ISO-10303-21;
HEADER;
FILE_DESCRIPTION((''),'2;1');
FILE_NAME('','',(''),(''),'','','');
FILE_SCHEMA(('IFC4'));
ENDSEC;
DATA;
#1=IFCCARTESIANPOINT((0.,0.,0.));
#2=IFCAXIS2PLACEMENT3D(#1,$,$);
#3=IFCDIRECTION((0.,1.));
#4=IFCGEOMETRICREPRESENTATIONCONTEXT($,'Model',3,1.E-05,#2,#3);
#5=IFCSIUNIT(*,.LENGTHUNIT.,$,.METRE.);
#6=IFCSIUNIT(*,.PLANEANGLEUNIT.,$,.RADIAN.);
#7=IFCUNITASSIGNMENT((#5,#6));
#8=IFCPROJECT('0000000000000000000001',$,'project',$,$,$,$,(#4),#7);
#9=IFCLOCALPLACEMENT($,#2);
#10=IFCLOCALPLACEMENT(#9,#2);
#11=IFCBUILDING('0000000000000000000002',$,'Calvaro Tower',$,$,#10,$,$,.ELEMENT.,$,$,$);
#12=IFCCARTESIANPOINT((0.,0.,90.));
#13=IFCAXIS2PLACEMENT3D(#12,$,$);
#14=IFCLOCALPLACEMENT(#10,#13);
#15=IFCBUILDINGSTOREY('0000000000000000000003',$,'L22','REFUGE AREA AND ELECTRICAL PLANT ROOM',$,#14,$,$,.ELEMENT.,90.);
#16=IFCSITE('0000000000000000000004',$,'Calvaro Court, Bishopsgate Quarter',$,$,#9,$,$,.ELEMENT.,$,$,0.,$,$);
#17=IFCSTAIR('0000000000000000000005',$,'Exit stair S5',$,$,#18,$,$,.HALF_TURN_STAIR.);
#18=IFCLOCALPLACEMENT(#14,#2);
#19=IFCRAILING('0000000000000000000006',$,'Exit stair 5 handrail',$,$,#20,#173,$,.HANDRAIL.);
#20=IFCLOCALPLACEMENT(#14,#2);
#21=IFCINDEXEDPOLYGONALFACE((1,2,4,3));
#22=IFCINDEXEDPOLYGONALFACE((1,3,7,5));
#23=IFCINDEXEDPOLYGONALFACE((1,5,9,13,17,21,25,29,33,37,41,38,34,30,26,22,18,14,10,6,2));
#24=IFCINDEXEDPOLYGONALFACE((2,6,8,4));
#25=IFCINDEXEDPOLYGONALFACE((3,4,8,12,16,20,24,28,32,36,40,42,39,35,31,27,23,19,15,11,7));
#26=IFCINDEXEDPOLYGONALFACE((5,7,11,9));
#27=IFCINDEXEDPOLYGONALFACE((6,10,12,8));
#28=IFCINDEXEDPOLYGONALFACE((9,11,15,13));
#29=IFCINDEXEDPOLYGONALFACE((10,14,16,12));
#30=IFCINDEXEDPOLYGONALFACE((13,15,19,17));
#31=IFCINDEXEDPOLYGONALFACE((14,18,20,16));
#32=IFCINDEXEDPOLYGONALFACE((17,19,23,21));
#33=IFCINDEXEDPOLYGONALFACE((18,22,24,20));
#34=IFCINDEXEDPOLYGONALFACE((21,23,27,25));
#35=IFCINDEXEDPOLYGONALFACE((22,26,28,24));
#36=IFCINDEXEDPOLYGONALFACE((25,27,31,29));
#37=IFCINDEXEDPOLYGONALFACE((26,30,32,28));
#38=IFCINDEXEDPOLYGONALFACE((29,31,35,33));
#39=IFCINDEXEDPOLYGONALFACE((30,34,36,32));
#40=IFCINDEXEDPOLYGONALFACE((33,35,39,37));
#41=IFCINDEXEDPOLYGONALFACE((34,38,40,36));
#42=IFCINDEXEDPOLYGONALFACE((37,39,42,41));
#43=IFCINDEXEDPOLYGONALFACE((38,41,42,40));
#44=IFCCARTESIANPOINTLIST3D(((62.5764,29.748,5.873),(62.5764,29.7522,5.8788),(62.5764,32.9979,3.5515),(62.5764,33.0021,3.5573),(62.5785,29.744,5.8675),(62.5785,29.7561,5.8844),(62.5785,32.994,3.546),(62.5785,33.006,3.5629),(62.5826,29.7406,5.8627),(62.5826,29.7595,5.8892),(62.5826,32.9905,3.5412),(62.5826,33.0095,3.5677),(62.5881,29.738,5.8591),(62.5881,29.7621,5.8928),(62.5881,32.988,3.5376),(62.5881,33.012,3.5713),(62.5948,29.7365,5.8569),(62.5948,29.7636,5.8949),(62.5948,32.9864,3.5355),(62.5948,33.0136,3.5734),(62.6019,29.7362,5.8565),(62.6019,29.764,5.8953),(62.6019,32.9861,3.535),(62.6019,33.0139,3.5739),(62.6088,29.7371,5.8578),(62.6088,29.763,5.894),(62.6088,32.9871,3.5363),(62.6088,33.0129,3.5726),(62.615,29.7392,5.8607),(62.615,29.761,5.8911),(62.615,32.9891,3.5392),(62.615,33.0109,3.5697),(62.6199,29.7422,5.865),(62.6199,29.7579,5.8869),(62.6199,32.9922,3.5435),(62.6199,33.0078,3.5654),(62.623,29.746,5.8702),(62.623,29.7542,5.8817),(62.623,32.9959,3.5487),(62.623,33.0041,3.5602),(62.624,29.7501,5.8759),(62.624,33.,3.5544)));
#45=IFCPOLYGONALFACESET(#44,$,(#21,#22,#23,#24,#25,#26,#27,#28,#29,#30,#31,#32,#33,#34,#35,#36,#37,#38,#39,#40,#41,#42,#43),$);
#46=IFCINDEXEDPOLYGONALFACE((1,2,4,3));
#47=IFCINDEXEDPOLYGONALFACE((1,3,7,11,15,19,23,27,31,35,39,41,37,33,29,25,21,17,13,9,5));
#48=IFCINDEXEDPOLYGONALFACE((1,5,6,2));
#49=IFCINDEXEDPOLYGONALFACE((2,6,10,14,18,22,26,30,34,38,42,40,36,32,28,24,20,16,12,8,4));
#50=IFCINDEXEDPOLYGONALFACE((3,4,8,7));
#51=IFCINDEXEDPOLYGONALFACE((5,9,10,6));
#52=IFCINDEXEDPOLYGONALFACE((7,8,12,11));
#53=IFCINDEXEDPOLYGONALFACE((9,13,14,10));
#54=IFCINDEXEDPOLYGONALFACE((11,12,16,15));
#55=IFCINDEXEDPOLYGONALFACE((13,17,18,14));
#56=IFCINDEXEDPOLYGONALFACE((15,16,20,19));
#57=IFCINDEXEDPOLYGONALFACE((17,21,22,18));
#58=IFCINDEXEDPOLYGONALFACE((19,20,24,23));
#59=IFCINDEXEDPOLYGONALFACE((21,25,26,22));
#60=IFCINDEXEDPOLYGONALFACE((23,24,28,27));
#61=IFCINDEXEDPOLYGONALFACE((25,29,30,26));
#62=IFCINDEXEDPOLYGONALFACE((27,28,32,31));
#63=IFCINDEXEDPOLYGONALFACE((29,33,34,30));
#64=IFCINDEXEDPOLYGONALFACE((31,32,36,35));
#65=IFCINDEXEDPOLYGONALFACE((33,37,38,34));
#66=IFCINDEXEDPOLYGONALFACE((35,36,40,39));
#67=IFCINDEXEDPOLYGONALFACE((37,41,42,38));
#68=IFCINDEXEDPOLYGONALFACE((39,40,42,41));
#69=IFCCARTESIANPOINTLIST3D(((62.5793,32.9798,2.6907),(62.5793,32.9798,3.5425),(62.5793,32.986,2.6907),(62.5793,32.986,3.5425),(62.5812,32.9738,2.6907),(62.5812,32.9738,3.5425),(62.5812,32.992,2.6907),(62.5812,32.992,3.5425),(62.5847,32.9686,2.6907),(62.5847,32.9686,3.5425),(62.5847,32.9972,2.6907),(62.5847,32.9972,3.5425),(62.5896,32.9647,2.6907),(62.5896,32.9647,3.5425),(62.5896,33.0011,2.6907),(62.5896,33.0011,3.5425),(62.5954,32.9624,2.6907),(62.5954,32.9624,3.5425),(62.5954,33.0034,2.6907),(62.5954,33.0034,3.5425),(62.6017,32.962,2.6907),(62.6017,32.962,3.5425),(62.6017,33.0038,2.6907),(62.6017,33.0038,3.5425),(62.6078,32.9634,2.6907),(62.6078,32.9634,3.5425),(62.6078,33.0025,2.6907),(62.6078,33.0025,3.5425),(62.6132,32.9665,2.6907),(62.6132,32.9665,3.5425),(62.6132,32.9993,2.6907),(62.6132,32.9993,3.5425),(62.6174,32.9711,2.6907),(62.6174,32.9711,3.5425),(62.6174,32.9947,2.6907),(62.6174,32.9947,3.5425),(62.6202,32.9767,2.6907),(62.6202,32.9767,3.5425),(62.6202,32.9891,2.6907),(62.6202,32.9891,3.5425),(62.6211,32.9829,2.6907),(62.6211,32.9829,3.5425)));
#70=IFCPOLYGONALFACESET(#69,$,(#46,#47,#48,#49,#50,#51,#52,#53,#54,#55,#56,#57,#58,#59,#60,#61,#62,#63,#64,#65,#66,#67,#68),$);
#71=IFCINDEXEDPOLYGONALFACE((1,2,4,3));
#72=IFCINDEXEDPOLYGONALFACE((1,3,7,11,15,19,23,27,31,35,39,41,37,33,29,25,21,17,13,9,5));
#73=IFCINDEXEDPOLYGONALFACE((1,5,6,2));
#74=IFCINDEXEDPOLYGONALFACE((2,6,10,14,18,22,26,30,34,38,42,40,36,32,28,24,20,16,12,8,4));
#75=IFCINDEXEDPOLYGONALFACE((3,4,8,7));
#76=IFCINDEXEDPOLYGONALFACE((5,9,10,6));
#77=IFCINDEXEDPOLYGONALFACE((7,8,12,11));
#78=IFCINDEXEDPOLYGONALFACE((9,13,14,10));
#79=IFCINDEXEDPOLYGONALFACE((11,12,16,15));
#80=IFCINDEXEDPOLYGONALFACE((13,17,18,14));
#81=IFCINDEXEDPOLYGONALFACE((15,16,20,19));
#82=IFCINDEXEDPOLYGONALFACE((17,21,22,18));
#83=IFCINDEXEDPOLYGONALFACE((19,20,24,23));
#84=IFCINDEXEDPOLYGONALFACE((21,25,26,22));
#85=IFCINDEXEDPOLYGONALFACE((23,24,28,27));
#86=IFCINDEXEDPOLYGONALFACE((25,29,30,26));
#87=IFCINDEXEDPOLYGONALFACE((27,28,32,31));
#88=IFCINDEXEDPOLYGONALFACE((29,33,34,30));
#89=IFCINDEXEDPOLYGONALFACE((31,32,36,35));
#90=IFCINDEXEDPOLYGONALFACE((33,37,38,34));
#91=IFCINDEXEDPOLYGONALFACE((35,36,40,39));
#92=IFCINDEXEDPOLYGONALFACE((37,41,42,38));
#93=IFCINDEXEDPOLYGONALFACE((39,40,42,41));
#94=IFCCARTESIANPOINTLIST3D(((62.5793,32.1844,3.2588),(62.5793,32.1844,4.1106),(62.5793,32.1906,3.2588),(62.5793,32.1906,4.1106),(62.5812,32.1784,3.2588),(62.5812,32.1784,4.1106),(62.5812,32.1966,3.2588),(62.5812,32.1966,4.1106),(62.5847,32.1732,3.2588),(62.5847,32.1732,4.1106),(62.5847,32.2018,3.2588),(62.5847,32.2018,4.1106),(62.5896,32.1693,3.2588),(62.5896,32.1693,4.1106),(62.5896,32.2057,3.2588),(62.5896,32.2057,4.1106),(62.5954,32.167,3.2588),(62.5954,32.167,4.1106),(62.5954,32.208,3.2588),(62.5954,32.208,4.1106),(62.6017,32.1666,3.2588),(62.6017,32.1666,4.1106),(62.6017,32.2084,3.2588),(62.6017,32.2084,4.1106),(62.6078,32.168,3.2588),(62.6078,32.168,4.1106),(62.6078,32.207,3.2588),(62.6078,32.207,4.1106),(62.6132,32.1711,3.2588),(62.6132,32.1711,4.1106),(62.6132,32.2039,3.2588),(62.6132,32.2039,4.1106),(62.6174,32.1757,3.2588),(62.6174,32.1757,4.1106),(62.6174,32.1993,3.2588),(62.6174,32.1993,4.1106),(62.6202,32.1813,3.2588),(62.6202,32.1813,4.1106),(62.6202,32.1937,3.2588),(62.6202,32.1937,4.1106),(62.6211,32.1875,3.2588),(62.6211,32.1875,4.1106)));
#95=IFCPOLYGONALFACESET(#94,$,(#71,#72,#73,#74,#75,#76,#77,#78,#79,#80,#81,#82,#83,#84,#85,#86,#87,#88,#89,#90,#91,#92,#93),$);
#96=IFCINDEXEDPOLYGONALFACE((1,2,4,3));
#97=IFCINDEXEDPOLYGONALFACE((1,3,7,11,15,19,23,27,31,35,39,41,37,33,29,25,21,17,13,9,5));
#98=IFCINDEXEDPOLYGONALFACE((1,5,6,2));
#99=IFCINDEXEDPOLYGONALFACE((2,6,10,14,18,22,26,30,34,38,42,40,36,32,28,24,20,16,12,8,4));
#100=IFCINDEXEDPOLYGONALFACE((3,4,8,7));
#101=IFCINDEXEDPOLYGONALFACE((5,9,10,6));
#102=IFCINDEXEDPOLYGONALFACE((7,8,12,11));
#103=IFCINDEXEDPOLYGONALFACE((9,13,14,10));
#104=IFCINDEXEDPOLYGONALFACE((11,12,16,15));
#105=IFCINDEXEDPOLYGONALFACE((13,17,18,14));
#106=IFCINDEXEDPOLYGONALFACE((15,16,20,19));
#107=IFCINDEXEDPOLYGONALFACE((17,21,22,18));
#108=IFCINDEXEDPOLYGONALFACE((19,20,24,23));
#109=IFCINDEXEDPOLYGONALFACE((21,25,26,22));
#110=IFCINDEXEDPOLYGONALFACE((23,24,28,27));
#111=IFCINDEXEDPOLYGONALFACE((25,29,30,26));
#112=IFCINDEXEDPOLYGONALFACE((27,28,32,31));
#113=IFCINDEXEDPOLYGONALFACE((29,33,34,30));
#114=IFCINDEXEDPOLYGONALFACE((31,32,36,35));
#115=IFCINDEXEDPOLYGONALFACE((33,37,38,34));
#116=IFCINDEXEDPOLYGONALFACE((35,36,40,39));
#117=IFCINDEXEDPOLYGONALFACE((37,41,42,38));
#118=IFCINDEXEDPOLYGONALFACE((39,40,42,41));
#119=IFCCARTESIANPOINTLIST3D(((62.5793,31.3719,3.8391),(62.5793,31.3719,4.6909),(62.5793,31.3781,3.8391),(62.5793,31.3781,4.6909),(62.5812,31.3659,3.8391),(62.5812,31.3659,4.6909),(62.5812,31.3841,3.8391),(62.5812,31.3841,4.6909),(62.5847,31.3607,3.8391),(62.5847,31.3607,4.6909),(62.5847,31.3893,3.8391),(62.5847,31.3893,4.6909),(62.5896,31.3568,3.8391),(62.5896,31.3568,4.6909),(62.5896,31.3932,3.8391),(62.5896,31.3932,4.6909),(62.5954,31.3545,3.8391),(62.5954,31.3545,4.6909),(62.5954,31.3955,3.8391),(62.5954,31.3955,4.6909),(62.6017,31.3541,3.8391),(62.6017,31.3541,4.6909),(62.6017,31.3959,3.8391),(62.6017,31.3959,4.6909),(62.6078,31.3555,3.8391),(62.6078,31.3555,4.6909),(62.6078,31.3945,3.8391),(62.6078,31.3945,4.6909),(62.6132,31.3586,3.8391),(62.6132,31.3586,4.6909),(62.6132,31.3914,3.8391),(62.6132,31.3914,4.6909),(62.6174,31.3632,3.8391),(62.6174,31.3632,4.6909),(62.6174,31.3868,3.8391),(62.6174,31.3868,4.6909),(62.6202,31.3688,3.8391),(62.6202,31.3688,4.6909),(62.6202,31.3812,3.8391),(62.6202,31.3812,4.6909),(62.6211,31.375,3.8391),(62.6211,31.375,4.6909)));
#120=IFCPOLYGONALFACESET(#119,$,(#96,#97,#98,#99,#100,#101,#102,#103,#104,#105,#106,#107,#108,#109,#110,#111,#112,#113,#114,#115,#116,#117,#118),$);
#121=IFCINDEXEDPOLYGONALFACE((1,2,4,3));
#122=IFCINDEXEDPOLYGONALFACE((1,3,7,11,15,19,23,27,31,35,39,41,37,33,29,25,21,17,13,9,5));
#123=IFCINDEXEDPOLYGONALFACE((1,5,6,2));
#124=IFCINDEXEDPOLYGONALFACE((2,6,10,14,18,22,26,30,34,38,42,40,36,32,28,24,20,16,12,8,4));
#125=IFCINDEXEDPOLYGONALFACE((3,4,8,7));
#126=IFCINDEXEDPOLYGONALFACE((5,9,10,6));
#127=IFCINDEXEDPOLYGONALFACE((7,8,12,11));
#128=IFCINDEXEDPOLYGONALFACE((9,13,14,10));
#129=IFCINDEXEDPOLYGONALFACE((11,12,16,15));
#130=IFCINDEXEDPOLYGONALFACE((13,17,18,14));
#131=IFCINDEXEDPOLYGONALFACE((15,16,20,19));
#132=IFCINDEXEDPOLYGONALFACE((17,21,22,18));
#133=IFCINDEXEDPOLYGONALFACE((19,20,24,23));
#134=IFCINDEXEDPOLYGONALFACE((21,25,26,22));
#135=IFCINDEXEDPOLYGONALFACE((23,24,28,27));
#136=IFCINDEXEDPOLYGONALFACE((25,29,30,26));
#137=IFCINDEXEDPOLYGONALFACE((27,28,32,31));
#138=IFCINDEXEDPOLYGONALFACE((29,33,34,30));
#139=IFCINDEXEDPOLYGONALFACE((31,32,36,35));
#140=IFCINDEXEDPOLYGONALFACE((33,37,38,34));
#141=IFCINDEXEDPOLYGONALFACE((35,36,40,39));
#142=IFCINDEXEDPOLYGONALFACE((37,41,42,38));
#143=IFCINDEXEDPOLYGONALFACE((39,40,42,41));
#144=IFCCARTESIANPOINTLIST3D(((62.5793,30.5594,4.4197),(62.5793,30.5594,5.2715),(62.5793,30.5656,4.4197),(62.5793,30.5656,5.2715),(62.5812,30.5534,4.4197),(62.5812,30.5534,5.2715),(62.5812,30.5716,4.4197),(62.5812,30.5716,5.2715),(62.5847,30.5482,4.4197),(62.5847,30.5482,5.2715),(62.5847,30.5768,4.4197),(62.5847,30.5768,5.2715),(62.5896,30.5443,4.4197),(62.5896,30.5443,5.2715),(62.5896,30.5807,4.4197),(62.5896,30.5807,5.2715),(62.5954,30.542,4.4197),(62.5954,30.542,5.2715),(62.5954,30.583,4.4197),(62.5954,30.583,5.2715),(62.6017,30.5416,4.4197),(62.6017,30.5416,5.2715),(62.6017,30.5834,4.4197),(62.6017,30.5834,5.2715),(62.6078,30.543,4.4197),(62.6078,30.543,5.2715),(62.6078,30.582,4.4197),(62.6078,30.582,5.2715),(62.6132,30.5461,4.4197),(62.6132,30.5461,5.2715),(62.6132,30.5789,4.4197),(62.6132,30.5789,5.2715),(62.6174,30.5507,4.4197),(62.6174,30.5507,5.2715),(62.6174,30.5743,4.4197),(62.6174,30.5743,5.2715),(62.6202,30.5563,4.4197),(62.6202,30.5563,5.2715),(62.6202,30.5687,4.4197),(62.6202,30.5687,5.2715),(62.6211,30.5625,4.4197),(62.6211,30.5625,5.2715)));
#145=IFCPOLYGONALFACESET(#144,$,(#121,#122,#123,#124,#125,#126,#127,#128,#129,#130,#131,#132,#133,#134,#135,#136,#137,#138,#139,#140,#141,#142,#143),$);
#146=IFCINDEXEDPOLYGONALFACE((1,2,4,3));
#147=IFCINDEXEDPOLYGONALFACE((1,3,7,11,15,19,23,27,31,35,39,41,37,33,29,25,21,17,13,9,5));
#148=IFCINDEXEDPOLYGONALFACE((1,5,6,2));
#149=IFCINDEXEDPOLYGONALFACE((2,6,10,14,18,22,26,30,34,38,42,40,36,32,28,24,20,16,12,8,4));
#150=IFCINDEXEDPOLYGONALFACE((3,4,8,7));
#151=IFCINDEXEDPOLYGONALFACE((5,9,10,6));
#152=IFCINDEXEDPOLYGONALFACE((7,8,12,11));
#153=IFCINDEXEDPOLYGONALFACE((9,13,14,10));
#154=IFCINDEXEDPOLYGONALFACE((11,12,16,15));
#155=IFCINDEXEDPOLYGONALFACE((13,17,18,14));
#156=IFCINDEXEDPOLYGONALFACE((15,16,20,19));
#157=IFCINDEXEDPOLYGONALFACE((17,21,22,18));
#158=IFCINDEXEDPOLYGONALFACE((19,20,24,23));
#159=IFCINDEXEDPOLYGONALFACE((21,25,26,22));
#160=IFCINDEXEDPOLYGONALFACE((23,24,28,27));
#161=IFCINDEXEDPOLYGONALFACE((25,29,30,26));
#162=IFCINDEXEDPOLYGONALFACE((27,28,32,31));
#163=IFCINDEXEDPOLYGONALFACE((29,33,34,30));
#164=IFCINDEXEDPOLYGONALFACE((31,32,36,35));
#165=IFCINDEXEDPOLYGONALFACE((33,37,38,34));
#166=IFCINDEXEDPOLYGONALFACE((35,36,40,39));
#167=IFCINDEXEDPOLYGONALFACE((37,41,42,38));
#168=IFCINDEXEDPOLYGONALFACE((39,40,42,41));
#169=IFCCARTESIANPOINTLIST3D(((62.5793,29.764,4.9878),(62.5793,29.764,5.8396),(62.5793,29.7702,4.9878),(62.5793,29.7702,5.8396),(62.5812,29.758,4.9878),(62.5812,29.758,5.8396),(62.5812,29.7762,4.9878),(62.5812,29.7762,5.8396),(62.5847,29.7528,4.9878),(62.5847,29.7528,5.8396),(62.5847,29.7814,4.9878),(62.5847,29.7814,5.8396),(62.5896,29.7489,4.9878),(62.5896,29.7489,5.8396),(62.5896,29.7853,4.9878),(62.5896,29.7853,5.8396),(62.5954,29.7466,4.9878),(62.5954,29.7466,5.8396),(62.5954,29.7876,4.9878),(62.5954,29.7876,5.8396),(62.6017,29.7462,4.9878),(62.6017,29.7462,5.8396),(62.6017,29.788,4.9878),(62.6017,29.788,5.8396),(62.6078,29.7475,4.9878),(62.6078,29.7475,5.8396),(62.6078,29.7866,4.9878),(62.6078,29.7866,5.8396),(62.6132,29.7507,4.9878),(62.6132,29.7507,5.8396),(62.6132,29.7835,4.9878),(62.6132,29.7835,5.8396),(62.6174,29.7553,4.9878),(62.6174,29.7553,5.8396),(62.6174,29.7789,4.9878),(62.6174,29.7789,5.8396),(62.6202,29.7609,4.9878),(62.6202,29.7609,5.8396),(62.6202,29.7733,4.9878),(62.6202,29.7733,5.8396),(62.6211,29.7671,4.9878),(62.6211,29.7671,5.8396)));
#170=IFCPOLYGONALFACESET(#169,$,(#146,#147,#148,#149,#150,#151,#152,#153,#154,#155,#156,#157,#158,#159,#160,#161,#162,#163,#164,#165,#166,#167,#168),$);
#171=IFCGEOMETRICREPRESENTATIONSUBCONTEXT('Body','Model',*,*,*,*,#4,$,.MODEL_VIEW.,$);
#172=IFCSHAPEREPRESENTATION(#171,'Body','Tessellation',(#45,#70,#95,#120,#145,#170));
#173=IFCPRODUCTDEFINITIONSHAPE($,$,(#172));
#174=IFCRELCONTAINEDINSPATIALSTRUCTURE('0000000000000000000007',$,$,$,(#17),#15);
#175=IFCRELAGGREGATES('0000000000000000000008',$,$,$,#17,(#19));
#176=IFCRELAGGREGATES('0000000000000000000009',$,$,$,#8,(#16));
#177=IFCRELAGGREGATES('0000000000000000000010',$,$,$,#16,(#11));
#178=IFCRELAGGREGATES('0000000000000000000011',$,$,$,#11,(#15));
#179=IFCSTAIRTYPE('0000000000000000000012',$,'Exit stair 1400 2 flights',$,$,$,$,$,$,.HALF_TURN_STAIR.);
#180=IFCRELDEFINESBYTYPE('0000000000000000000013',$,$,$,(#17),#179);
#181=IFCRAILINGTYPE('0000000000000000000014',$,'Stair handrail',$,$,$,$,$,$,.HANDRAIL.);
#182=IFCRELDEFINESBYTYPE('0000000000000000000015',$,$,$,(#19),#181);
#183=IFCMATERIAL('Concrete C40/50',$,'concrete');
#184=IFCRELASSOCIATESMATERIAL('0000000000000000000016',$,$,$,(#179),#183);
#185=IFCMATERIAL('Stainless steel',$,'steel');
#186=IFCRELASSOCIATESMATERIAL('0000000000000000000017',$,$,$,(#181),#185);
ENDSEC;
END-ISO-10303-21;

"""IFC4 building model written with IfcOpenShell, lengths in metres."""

from ifc_helpers import new_model, si_unit, direction, frame, origin, origin_2d, place, context, subcontext, project, spatial, circle, extrude, material, type_object, element, aggregate, save


model = new_model("IFC4")

# Units and contexts
model_context = context("Model", 3, precision=1e-05, world=origin(), true_north=direction((0.0, 1.0)))
body_context = subcontext(model_context, "Body", "Model", "MODEL_VIEW")
ifc_project = project(units=[si_unit("LENGTHUNIT", "METRE"), si_unit("PLANEANGLEUNIT", "RADIAN")], contexts=[model_context])

# Site, building, storey
site_placement = place(None, origin())
site = spatial("IfcSite", under=ifc_project, at=site_placement, Name="Calvaro Court, Bishopsgate Quarter", CompositionType="ELEMENT", RefElevation=0.0)
building_placement = place(site_placement, origin())
building = spatial("IfcBuilding", under=site, at=building_placement, Name="Calvaro Tower", CompositionType="ELEMENT")
storey_placement = place(building_placement, frame((0.0, 0.0, 90.0)))
storey = spatial("IfcBuildingStorey", under=building, at=storey_placement, Name="L22", Description="REFUGE AREA AND ELECTRICAL PLANT ROOM", CompositionType="ELEMENT", Elevation=90.0)

# Stair
ifc_material_1 = material(Name="Concrete C40/50", Category="concrete")
stair_type = type_object("IfcStairType", Name="Exit stair 1400 2 flights", PredefinedType="HALF_TURN_STAIR", material=ifc_material_1)
stair_placement = place(storey_placement, origin())
stair = element("IfcStair", 1, at=stair_placement, inside=storey, type_object=stair_type, Name="Exit stair S5", PredefinedType="HALF_TURN_STAIR")

# Railing
ifc_material_2 = material(Name="Stainless steel", Category="steel")
railing_type = type_object("IfcRailingType", Name="Stair handrail", PredefinedType="HANDRAIL", material=ifc_material_2)
railing_1_placement = place(storey_placement, frame((62.6001, 33.0, 2.6785)))
railing_1 = element("IfcRailing", 2, at=railing_1_placement, type_object=railing_type, Name="Exit stair 5 handrail", PredefinedType="HANDRAIL", context=body_context, shape_type="SweptSolid", body=[
    extrude(circle(Radius=0.0239, at=origin_2d()), frame((0.0, 0.0, 0.876), z_axis=(0.0, -0.813721, 0.581256), x_axis=(1.0, 0.0, 0.0)), (0.0, 0.0, 1.0), 3.9939),
    extrude(circle(Radius=0.021, at=origin_2d()), frame((0.0, -0.0171, 0.0122)), (0.0, 0.0, 1.0), 0.8518),
    extrude(circle(Radius=0.021, at=origin_2d()), frame((0.0, -0.8125, 0.5803)), (0.0, 0.0, 1.0), 0.8518),
    extrude(circle(Radius=0.021, at=origin_2d()), frame((0.0, -1.625, 1.1606)), (0.0, 0.0, 1.0), 0.8518),
    extrude(circle(Radius=0.021, at=origin_2d()), frame((0.0, -2.4375, 1.7412)), (0.0, 0.0, 1.0), 0.8518),
    extrude(circle(Radius=0.021, at=origin_2d()), frame((0.0, -3.2329, 2.3093)), (0.0, 0.0, 1.0), 0.8518),
])
aggregate(stair, [railing_1])

save(model, "model.ifc")
